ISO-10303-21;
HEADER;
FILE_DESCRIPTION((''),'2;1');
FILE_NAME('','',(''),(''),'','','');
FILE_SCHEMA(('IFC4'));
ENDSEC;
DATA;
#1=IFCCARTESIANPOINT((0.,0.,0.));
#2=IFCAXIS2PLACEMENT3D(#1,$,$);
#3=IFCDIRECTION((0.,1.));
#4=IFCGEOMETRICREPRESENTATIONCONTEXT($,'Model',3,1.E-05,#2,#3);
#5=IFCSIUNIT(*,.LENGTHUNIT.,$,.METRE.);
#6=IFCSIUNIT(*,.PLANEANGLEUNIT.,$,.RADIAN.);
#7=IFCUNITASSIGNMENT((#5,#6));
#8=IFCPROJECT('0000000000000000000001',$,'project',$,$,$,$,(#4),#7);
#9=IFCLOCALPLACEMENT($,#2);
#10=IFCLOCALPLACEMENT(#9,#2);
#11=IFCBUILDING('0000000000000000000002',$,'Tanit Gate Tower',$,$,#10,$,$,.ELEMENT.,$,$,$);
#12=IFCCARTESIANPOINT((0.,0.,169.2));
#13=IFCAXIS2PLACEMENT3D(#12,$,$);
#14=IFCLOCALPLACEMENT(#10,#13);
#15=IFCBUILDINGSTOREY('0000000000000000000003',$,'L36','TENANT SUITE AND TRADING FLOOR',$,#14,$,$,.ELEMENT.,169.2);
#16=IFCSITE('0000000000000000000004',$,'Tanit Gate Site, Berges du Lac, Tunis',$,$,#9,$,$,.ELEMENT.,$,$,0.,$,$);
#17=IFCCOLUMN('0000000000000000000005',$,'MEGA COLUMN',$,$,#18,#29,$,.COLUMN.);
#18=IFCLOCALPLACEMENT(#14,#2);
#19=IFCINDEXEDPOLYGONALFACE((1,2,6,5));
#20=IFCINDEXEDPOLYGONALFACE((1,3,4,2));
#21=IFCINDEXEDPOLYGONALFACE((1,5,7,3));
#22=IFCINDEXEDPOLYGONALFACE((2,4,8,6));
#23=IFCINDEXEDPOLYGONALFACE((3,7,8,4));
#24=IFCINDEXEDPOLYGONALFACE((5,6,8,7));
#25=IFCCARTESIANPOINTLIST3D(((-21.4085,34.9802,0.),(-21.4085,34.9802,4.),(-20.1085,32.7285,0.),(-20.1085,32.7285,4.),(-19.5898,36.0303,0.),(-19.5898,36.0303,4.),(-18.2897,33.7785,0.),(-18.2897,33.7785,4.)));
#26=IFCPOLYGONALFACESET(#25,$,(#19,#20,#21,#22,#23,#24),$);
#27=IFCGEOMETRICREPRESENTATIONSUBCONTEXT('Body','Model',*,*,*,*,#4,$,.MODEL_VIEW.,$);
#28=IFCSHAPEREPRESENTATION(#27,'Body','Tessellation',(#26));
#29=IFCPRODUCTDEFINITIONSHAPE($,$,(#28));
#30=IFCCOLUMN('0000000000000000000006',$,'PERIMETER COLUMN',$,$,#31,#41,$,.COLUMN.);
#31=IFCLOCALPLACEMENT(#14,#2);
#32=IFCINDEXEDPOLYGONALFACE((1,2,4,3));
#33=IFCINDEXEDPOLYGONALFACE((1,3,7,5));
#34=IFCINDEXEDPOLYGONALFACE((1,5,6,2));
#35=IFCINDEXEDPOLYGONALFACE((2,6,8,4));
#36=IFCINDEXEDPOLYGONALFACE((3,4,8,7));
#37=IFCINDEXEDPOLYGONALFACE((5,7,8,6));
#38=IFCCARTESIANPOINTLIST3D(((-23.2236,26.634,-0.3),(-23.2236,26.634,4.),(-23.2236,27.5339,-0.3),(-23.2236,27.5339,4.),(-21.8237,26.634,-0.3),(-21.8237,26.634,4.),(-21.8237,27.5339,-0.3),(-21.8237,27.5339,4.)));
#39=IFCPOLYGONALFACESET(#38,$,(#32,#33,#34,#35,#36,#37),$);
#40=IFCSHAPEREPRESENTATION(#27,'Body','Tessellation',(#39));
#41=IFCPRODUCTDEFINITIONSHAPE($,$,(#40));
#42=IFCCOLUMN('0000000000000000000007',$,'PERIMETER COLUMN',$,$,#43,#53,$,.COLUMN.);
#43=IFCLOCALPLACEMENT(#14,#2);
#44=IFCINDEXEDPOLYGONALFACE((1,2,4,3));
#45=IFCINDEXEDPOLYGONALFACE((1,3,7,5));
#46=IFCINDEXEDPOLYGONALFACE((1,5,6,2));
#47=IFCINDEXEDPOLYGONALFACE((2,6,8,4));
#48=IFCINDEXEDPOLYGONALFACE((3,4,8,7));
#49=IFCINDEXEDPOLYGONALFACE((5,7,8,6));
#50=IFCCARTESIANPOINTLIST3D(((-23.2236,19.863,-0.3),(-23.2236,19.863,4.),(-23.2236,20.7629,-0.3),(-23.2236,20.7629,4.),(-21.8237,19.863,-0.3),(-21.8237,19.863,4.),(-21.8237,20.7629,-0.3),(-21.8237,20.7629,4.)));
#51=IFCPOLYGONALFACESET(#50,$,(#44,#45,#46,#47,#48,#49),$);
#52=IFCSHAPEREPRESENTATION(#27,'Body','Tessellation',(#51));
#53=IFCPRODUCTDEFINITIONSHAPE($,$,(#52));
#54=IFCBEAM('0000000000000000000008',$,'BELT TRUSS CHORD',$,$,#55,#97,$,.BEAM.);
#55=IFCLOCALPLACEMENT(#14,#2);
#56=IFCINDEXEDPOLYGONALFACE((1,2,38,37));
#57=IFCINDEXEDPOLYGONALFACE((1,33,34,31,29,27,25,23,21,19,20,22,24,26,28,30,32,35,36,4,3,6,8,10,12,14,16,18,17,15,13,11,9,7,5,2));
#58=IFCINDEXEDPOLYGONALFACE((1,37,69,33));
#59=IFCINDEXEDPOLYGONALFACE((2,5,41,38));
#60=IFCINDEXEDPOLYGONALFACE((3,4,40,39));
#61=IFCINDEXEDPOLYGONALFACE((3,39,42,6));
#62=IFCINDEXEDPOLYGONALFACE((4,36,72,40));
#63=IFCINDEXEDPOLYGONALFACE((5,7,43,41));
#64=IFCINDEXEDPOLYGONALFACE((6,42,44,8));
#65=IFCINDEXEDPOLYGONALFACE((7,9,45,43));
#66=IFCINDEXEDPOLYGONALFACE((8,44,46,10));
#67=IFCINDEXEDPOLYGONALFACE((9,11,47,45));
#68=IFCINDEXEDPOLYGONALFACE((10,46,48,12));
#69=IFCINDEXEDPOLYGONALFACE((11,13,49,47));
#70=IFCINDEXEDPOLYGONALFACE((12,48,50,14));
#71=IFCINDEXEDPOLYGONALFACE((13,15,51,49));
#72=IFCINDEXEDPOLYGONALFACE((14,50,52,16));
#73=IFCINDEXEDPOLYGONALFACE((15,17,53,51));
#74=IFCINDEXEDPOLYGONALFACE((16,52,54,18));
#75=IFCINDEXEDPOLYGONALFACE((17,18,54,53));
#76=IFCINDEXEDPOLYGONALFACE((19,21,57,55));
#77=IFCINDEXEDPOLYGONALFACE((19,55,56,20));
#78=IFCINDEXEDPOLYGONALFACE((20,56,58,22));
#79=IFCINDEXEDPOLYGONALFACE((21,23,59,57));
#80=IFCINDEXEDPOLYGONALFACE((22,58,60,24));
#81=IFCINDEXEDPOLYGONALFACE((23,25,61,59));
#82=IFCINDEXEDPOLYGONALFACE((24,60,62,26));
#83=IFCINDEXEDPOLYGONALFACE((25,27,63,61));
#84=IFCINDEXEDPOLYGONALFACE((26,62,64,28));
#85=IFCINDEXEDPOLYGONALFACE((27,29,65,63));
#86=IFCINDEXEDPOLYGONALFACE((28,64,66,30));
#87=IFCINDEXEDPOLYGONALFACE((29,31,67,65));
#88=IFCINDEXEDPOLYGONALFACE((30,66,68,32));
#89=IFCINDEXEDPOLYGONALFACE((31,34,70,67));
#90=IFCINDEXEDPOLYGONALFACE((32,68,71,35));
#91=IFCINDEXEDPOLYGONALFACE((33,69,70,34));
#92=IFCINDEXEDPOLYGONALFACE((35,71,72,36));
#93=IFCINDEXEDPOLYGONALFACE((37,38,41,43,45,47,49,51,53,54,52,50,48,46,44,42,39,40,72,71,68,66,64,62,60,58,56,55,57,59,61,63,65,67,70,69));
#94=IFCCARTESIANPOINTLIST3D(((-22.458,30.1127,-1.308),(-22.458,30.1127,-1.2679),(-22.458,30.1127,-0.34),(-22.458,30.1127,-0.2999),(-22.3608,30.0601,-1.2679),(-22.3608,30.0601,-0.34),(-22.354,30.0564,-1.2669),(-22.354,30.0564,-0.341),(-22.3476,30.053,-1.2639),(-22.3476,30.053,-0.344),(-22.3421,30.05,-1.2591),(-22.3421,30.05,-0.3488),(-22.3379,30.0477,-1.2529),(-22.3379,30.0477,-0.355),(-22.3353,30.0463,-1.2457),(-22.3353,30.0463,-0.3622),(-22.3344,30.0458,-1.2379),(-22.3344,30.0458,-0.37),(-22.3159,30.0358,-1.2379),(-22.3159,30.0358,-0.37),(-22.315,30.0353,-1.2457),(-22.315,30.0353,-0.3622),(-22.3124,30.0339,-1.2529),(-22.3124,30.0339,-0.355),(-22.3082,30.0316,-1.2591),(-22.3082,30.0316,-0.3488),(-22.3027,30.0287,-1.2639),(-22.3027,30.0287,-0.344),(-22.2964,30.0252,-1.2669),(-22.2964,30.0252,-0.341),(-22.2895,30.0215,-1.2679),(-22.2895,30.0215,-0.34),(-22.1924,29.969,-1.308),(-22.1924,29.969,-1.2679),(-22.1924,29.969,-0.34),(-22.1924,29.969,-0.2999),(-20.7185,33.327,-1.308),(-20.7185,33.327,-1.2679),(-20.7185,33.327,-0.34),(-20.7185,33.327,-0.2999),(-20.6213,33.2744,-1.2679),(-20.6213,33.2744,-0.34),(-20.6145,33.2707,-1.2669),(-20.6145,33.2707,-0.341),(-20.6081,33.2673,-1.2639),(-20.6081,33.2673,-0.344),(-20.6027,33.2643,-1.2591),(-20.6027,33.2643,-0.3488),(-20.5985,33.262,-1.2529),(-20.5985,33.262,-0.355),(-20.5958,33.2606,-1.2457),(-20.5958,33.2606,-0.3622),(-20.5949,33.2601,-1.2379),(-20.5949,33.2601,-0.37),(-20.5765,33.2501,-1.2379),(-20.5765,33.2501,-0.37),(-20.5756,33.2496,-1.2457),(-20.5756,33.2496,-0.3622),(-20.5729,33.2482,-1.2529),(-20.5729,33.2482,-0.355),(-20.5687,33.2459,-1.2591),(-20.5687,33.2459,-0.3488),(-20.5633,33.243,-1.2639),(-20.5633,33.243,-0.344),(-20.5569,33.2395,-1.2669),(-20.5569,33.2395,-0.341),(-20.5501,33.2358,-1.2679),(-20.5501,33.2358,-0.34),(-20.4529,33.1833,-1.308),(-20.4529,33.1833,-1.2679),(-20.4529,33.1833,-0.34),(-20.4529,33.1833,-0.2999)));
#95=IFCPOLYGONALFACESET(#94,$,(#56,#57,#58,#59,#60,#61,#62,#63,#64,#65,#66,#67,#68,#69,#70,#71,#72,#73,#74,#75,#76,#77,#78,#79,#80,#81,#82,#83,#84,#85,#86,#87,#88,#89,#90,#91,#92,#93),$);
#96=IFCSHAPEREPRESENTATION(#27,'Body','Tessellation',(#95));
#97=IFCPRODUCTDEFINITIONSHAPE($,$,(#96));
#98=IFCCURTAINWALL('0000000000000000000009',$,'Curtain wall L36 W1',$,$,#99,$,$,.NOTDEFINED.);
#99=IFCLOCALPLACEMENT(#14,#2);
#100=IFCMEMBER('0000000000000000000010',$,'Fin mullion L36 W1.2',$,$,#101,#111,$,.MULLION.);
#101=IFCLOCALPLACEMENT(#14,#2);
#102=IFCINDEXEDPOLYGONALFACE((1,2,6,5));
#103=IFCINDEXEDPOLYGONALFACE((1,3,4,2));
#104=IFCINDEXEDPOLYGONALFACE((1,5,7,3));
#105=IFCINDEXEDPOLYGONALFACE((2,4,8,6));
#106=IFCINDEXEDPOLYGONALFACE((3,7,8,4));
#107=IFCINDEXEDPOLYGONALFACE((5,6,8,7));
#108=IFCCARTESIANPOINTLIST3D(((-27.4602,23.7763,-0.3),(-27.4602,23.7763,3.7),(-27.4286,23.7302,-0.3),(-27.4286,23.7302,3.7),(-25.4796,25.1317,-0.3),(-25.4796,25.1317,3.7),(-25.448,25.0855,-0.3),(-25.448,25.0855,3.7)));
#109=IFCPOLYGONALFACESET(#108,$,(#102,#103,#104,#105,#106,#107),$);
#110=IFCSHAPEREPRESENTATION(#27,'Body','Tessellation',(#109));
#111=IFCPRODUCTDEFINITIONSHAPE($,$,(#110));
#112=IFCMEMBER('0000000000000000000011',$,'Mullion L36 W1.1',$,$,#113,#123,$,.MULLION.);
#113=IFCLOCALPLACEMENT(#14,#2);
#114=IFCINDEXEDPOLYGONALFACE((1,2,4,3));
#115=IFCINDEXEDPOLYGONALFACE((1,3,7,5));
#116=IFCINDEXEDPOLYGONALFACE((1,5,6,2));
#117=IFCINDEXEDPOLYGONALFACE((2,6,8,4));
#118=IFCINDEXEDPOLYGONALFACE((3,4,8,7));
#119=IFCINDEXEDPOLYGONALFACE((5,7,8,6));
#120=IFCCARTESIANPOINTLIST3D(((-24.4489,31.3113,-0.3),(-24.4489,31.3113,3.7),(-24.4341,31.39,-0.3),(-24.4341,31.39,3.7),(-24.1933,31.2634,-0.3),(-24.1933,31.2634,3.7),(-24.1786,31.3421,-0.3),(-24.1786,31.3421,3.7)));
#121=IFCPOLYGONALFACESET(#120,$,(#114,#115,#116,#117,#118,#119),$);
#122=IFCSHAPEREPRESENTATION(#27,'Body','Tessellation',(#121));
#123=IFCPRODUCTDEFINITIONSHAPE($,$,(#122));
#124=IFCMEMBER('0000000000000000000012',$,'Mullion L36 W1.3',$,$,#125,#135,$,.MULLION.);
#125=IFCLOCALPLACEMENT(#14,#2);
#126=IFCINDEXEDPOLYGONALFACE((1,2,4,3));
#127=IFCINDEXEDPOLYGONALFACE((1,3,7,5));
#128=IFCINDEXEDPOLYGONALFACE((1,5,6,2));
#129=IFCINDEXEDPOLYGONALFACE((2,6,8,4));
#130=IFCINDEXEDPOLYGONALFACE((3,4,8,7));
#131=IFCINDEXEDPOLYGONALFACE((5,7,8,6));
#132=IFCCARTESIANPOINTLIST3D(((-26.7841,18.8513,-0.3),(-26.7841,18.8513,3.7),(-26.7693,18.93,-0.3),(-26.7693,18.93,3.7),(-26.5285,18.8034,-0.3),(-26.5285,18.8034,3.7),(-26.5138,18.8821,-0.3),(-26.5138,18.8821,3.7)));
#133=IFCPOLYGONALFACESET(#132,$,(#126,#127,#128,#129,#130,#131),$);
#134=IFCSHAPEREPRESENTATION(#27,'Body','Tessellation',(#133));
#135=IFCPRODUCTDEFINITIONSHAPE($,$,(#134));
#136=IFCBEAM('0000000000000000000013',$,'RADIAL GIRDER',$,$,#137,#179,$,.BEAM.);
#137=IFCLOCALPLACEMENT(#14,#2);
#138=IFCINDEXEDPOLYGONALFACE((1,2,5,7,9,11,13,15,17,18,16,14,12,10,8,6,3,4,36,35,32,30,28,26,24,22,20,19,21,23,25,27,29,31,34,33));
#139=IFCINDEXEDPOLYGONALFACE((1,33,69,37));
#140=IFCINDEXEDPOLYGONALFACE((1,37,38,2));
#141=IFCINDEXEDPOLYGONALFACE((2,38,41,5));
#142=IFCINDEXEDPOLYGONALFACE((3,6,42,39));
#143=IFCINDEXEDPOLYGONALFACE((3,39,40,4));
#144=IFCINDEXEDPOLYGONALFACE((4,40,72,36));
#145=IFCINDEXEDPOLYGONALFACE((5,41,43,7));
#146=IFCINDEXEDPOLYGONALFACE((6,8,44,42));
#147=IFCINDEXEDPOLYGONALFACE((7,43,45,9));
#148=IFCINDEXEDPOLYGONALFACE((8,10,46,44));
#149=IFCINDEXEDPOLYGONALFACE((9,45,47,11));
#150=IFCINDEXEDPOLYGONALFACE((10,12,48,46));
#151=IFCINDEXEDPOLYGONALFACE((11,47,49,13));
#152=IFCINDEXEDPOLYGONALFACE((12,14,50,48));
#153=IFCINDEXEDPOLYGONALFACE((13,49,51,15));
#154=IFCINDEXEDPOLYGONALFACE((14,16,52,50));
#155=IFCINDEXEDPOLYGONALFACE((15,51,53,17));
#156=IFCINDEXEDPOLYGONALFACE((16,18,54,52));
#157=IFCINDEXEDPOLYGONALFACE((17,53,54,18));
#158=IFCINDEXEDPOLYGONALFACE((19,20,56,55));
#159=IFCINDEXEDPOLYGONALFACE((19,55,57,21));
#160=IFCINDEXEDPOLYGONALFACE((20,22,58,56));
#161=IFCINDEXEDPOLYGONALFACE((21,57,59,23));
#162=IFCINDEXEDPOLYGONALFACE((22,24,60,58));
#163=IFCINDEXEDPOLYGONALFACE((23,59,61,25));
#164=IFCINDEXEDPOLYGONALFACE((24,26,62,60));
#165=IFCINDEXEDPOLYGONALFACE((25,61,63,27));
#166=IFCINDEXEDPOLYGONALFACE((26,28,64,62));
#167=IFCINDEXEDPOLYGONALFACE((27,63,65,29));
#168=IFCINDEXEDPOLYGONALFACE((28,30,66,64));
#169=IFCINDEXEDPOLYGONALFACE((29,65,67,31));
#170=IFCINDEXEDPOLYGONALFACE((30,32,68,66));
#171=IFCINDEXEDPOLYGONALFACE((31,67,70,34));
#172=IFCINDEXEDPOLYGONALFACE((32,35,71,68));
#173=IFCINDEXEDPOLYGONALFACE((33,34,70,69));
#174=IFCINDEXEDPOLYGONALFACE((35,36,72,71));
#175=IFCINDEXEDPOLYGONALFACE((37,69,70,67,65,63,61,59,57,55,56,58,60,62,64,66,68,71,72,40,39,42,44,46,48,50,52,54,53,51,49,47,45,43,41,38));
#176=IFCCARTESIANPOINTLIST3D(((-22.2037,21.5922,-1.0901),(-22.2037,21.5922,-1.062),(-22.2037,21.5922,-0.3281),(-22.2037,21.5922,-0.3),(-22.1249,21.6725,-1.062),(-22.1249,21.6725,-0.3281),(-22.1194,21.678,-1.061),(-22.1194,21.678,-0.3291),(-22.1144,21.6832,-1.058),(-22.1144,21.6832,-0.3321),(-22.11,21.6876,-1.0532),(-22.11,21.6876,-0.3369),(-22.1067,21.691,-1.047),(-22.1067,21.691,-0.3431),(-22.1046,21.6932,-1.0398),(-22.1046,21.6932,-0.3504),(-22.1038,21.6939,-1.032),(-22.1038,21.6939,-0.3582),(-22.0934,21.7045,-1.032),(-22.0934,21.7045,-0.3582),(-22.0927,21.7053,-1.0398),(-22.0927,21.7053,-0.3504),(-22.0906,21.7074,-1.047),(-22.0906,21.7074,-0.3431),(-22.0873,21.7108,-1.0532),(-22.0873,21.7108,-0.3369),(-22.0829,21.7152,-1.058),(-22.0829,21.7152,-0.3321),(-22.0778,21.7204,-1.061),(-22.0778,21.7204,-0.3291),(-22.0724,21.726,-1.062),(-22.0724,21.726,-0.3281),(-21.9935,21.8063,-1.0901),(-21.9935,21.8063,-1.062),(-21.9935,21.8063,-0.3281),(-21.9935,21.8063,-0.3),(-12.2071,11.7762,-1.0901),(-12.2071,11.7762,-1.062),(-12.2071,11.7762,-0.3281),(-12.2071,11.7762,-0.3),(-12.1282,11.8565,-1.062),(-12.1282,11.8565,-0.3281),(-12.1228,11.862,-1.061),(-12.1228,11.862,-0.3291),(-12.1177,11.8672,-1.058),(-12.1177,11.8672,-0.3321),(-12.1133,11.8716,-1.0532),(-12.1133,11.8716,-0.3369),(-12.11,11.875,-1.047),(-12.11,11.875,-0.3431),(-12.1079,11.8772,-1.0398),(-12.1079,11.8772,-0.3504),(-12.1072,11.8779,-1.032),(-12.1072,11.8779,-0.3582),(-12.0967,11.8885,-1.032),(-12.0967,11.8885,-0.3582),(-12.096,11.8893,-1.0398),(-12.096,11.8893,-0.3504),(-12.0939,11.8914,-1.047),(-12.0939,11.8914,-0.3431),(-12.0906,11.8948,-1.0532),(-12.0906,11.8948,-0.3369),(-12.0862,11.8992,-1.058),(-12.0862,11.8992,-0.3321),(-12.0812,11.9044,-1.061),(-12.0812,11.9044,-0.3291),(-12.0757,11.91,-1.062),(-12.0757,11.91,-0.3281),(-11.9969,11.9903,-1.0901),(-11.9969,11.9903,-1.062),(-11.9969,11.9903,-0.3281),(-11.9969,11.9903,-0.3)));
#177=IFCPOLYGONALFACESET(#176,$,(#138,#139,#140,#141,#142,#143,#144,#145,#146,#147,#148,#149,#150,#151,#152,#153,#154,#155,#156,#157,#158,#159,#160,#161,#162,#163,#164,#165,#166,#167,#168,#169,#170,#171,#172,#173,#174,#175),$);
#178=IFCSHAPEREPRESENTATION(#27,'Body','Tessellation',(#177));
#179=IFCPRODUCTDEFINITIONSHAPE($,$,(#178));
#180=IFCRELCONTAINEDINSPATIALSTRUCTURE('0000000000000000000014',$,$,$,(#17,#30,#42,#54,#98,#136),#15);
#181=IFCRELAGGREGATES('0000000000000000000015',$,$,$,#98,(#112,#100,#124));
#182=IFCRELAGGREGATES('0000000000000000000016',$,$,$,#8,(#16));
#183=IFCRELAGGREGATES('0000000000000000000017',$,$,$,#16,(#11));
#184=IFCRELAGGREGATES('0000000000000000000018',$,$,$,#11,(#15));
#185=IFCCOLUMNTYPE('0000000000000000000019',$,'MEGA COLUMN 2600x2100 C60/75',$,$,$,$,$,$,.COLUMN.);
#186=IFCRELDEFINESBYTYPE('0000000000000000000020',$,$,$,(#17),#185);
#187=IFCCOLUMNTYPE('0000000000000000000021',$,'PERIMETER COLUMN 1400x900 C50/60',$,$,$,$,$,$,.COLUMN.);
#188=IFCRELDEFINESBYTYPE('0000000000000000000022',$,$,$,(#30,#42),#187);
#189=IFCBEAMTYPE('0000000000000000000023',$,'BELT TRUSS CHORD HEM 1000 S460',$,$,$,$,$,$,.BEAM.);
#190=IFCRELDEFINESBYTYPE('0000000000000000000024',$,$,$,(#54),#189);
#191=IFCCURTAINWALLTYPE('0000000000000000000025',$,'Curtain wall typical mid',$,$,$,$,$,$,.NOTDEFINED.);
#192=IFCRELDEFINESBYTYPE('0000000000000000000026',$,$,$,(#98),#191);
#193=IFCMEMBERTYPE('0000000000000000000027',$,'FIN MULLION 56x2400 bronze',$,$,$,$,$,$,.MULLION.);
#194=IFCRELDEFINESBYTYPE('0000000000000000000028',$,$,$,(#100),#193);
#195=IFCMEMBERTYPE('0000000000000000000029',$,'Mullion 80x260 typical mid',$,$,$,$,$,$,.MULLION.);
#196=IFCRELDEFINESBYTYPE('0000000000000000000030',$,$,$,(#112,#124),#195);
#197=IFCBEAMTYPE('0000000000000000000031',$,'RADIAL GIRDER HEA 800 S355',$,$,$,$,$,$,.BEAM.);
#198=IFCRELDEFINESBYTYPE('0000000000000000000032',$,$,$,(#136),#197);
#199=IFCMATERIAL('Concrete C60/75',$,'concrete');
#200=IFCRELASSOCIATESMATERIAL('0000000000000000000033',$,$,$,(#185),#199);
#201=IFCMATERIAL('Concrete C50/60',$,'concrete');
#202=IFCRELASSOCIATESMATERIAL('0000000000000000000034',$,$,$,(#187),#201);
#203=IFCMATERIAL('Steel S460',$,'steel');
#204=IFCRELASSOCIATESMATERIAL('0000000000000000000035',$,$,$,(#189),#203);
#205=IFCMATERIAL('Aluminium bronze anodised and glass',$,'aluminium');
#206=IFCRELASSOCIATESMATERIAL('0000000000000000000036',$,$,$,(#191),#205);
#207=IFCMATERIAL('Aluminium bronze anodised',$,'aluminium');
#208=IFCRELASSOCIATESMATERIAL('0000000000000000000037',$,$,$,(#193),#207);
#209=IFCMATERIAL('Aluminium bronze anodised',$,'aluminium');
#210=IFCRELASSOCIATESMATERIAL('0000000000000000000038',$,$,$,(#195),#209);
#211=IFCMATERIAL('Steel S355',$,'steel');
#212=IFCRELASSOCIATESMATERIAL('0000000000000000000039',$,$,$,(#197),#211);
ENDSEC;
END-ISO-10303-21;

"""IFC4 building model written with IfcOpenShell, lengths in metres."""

from ifc_helpers import new_model, si_unit, direction, frame, origin, origin_2d, place, context, subcontext, project, spatial, rectangle, i_section, extrude, material, material_profile, profile_set, type_object, element, aggregate, save


model = new_model("IFC4")

# Units and contexts
model_context = context("Model", 3, precision=1e-05, world=origin(), true_north=direction((0.0, 1.0)))
body_context = subcontext(model_context, "Body", "Model", "MODEL_VIEW")
ifc_project = project(units=[si_unit("LENGTHUNIT", "METRE"), si_unit("PLANEANGLEUNIT", "RADIAN")], contexts=[model_context])

# Site, building, storey
site_placement = place(None, origin())
site = spatial("IfcSite", under=ifc_project, at=site_placement, Name="Tanit Gate Site, Berges du Lac, Tunis", CompositionType="ELEMENT", RefElevation=0.0)
building_placement = place(site_placement, origin())
building = spatial("IfcBuilding", under=site, at=building_placement, Name="Tanit Gate Tower", CompositionType="ELEMENT")
storey_placement = place(building_placement, frame((0.0, 0.0, 169.2)))
storey = spatial("IfcBuildingStorey", under=building, at=storey_placement, Name="L36", Description="TENANT SUITE AND TRADING FLOOR", CompositionType="ELEMENT", Elevation=169.2)

# Columns
ifc_material_1 = material(Name="Concrete C60/75", Category="concrete")
ifc_material_profile_1 = material_profile(ifc_material_1, rectangle(XDim=2.6001, YDim=2.1001, at=origin_2d()), Name="RC 2600x2100")
ifc_profile_set_1 = profile_set([ifc_material_profile_1], Name="Concrete C60/75")
column_type_1 = type_object("IfcColumnType", Name="MEGA COLUMN 2600x2100 C60/75", PredefinedType="COLUMN", material=ifc_profile_set_1)
column_placement = place(storey_placement, frame((-19.8491, 34.3794, 0.0), z_axis=(0.0, 0.0, 1.0), x_axis=(-0.5, 0.866025, 0.0)))
element("IfcColumn", 1, at=column_placement, inside=storey, type_object=column_type_1, Name="MEGA COLUMN", PredefinedType="COLUMN", context=body_context, shape_type="SweptSolid", body=[
    extrude(rectangle(XDim=2.6001, YDim=2.1001, at=origin_2d()), origin(), (0.0, 0.0, 1.0), 4.0),
])
ifc_material_2 = material(Name="Concrete C50/60", Category="concrete")
ifc_material_profile_2 = material_profile(ifc_material_2, rectangle(XDim=1.3999, YDim=0.8999, at=origin_2d()), Name="RC 1400x900")
ifc_profile_set_2 = profile_set([ifc_material_profile_2], Name="Concrete C50/60")
column_type_2 = type_object("IfcColumnType", Name="PERIMETER COLUMN 1400x900 C50/60", PredefinedType="COLUMN", material=ifc_profile_set_2)
for number, where, z_axis, x_axis, name in (
    (2, (-22.5237, 27.084, -0.3), (0.0, 0.0, 1.0), (-1.0, 0.0, 0.0), "PERIMETER COLUMN"),
    (3, (-22.5237, 20.313, -0.3), (0.0, 0.0, 1.0), (-1.0, 0.0, 0.0), "PERIMETER COLUMN"),
):
    element("IfcColumn", number, at=place(storey_placement, frame(where, z_axis=z_axis, x_axis=x_axis)), inside=storey, type_object=column_type_2, Name=name, PredefinedType="COLUMN", context=body_context, shape_type="SweptSolid", body=[
        extrude(rectangle(XDim=1.3999, YDim=0.8999, at=origin_2d()), origin(), (0.0, 0.0, 1.0), 4.3),
    ])

# Beam
ifc_material_3 = material(Name="Steel S460", Category="steel")
ifc_material_profile_3 = material_profile(ifc_material_3, i_section(OverallWidth=0.302, OverallDepth=1.0081, WebThickness=0.021, FlangeThickness=0.04, FilletRadius=0.03, at=origin_2d()), Name="HEM 1000")
ifc_profile_set_3 = profile_set([ifc_material_profile_3], Name="Steel S460")
beam_type_1 = type_object("IfcBeamType", Name="BELT TRUSS CHORD HEM 1000 S460", PredefinedType="BEAM", material=ifc_profile_set_3)
beam_1_placement = place(storey_placement, frame((-20.5857, 33.2551, -0.804), z_axis=(-0.475943, -0.879476, 0.0), x_axis=(0.879476, -0.475943, 0.0)))
element("IfcBeam", 4, at=beam_1_placement, inside=storey, type_object=beam_type_1, Name="BELT TRUSS CHORD", PredefinedType="BEAM", context=body_context, shape_type="SweptSolid", body=[
    extrude(i_section(OverallWidth=0.302, OverallDepth=1.0081, WebThickness=0.021, FlangeThickness=0.04, FilletRadius=0.03, at=origin_2d()), origin(), (0.0, 0.0, 1.0), 3.6548),
])

# Curtain wall, members
ifc_material_4 = material(Name="Aluminium bronze anodised and glass", Category="aluminium")
curtain_wall_type = type_object("IfcCurtainWallType", Name="Curtain wall typical mid", PredefinedType="NOTDEFINED", material=ifc_material_4)
curtain_wall_1_placement = place(storey_placement, origin())
curtain_wall_1 = element("IfcCurtainWall", 5, at=curtain_wall_1_placement, inside=storey, type_object=curtain_wall_type, Name="Curtain wall L36 W1", PredefinedType="NOTDEFINED")
ifc_material_5 = material(Name="Aluminium bronze anodised", Category="aluminium")
ifc_material_profile_4 = material_profile(ifc_material_5, rectangle(XDim=2.3999, YDim=0.0559, at=origin_2d()), Name="56x2400 bronze fin mullion")
ifc_profile_set_4 = profile_set([ifc_material_profile_4], Name="Aluminium bronze anodised")
member_type_1 = type_object("IfcMemberType", Name="FIN MULLION 56x2400 bronze", PredefinedType="MULLION", material=ifc_profile_set_4)
member_1_placement = place(storey_placement, frame((-26.4541, 24.4309, -0.3), z_axis=(0.0, 0.0, 1.0), x_axis=(0.825254, 0.564762, 0.0)))
member_1 = element("IfcMember", 6, at=member_1_placement, type_object=member_type_1, Name="Fin mullion L36 W1.2", PredefinedType="MULLION", context=body_context, shape_type="SweptSolid", body=[
    extrude(rectangle(XDim=2.3999, YDim=0.0559, at=origin_2d()), origin(), (0.0, 0.0, 1.0), 4.0),
])
ifc_material_6 = material(Name="Aluminium bronze anodised", Category="aluminium")
ifc_material_profile_5 = material_profile(ifc_material_6, rectangle(XDim=0.26, YDim=0.0801, at=origin_2d()), Name="80x260 bronze mullion")
ifc_profile_set_5 = profile_set([ifc_material_profile_5], Name="Aluminium bronze anodised")
member_type_2 = type_object("IfcMemberType", Name="Mullion 80x260 typical mid", PredefinedType="MULLION", material=ifc_profile_set_5)
member_2_placement = place(storey_placement, frame((-24.3137, 31.3267, -0.3), z_axis=(0.0, 0.0, 1.0), x_axis=(0.98289, -0.184196, 0.0)))
member_2 = element("IfcMember", 7, at=member_2_placement, type_object=member_type_2, Name="Mullion L36 W1.1", PredefinedType="MULLION", context=body_context, shape_type="SweptSolid", body=[
    extrude(rectangle(XDim=0.26, YDim=0.0801, at=origin_2d()), origin(), (0.0, 0.0, 1.0), 4.0),
])
member_3_placement = place(storey_placement, frame((-26.6489, 18.8667, -0.3), z_axis=(0.0, 0.0, 1.0), x_axis=(0.98289, -0.184196, 0.0)))
member_3 = element("IfcMember", 8, at=member_3_placement, type_object=member_type_2, Name="Mullion L36 W1.3", PredefinedType="MULLION", context=body_context, shape_type="SweptSolid", body=[
    extrude(rectangle(XDim=0.26, YDim=0.0801, at=origin_2d()), origin(), (0.0, 0.0, 1.0), 4.0),
])

# Beam
ifc_material_7 = material(Name="Steel S355", Category="steel")
ifc_material_profile_6 = material_profile(ifc_material_7, i_section(OverallWidth=0.3, OverallDepth=0.79, WebThickness=0.0149, FlangeThickness=0.0281, FilletRadius=0.03, at=origin_2d()), Name="HEA 800")
ifc_profile_set_6 = profile_set([ifc_material_profile_6], Name="Steel S355")
beam_type_2 = type_object("IfcBeamType", Name="RADIAL GIRDER HEA 800 S355", PredefinedType="BEAM", material=ifc_profile_set_6)
beam_2_placement = place(storey_placement, frame((-22.0986, 21.6992, -0.6951), z_axis=(0.713525, -0.70063, 0.0), x_axis=(0.70063, 0.713525, 0.0)))
element("IfcBeam", 9, at=beam_2_placement, inside=storey, type_object=beam_type_2, Name="RADIAL GIRDER", PredefinedType="BEAM", context=body_context, shape_type="SweptSolid", body=[
    extrude(i_section(OverallWidth=0.3, OverallDepth=0.79, WebThickness=0.0149, FlangeThickness=0.0281, FilletRadius=0.03, at=origin_2d()), origin(), (0.0, 0.0, 1.0), 14.0103),
])

aggregate(curtain_wall_1, [member_2, member_1, member_3])

save(model, "model.ifc")
